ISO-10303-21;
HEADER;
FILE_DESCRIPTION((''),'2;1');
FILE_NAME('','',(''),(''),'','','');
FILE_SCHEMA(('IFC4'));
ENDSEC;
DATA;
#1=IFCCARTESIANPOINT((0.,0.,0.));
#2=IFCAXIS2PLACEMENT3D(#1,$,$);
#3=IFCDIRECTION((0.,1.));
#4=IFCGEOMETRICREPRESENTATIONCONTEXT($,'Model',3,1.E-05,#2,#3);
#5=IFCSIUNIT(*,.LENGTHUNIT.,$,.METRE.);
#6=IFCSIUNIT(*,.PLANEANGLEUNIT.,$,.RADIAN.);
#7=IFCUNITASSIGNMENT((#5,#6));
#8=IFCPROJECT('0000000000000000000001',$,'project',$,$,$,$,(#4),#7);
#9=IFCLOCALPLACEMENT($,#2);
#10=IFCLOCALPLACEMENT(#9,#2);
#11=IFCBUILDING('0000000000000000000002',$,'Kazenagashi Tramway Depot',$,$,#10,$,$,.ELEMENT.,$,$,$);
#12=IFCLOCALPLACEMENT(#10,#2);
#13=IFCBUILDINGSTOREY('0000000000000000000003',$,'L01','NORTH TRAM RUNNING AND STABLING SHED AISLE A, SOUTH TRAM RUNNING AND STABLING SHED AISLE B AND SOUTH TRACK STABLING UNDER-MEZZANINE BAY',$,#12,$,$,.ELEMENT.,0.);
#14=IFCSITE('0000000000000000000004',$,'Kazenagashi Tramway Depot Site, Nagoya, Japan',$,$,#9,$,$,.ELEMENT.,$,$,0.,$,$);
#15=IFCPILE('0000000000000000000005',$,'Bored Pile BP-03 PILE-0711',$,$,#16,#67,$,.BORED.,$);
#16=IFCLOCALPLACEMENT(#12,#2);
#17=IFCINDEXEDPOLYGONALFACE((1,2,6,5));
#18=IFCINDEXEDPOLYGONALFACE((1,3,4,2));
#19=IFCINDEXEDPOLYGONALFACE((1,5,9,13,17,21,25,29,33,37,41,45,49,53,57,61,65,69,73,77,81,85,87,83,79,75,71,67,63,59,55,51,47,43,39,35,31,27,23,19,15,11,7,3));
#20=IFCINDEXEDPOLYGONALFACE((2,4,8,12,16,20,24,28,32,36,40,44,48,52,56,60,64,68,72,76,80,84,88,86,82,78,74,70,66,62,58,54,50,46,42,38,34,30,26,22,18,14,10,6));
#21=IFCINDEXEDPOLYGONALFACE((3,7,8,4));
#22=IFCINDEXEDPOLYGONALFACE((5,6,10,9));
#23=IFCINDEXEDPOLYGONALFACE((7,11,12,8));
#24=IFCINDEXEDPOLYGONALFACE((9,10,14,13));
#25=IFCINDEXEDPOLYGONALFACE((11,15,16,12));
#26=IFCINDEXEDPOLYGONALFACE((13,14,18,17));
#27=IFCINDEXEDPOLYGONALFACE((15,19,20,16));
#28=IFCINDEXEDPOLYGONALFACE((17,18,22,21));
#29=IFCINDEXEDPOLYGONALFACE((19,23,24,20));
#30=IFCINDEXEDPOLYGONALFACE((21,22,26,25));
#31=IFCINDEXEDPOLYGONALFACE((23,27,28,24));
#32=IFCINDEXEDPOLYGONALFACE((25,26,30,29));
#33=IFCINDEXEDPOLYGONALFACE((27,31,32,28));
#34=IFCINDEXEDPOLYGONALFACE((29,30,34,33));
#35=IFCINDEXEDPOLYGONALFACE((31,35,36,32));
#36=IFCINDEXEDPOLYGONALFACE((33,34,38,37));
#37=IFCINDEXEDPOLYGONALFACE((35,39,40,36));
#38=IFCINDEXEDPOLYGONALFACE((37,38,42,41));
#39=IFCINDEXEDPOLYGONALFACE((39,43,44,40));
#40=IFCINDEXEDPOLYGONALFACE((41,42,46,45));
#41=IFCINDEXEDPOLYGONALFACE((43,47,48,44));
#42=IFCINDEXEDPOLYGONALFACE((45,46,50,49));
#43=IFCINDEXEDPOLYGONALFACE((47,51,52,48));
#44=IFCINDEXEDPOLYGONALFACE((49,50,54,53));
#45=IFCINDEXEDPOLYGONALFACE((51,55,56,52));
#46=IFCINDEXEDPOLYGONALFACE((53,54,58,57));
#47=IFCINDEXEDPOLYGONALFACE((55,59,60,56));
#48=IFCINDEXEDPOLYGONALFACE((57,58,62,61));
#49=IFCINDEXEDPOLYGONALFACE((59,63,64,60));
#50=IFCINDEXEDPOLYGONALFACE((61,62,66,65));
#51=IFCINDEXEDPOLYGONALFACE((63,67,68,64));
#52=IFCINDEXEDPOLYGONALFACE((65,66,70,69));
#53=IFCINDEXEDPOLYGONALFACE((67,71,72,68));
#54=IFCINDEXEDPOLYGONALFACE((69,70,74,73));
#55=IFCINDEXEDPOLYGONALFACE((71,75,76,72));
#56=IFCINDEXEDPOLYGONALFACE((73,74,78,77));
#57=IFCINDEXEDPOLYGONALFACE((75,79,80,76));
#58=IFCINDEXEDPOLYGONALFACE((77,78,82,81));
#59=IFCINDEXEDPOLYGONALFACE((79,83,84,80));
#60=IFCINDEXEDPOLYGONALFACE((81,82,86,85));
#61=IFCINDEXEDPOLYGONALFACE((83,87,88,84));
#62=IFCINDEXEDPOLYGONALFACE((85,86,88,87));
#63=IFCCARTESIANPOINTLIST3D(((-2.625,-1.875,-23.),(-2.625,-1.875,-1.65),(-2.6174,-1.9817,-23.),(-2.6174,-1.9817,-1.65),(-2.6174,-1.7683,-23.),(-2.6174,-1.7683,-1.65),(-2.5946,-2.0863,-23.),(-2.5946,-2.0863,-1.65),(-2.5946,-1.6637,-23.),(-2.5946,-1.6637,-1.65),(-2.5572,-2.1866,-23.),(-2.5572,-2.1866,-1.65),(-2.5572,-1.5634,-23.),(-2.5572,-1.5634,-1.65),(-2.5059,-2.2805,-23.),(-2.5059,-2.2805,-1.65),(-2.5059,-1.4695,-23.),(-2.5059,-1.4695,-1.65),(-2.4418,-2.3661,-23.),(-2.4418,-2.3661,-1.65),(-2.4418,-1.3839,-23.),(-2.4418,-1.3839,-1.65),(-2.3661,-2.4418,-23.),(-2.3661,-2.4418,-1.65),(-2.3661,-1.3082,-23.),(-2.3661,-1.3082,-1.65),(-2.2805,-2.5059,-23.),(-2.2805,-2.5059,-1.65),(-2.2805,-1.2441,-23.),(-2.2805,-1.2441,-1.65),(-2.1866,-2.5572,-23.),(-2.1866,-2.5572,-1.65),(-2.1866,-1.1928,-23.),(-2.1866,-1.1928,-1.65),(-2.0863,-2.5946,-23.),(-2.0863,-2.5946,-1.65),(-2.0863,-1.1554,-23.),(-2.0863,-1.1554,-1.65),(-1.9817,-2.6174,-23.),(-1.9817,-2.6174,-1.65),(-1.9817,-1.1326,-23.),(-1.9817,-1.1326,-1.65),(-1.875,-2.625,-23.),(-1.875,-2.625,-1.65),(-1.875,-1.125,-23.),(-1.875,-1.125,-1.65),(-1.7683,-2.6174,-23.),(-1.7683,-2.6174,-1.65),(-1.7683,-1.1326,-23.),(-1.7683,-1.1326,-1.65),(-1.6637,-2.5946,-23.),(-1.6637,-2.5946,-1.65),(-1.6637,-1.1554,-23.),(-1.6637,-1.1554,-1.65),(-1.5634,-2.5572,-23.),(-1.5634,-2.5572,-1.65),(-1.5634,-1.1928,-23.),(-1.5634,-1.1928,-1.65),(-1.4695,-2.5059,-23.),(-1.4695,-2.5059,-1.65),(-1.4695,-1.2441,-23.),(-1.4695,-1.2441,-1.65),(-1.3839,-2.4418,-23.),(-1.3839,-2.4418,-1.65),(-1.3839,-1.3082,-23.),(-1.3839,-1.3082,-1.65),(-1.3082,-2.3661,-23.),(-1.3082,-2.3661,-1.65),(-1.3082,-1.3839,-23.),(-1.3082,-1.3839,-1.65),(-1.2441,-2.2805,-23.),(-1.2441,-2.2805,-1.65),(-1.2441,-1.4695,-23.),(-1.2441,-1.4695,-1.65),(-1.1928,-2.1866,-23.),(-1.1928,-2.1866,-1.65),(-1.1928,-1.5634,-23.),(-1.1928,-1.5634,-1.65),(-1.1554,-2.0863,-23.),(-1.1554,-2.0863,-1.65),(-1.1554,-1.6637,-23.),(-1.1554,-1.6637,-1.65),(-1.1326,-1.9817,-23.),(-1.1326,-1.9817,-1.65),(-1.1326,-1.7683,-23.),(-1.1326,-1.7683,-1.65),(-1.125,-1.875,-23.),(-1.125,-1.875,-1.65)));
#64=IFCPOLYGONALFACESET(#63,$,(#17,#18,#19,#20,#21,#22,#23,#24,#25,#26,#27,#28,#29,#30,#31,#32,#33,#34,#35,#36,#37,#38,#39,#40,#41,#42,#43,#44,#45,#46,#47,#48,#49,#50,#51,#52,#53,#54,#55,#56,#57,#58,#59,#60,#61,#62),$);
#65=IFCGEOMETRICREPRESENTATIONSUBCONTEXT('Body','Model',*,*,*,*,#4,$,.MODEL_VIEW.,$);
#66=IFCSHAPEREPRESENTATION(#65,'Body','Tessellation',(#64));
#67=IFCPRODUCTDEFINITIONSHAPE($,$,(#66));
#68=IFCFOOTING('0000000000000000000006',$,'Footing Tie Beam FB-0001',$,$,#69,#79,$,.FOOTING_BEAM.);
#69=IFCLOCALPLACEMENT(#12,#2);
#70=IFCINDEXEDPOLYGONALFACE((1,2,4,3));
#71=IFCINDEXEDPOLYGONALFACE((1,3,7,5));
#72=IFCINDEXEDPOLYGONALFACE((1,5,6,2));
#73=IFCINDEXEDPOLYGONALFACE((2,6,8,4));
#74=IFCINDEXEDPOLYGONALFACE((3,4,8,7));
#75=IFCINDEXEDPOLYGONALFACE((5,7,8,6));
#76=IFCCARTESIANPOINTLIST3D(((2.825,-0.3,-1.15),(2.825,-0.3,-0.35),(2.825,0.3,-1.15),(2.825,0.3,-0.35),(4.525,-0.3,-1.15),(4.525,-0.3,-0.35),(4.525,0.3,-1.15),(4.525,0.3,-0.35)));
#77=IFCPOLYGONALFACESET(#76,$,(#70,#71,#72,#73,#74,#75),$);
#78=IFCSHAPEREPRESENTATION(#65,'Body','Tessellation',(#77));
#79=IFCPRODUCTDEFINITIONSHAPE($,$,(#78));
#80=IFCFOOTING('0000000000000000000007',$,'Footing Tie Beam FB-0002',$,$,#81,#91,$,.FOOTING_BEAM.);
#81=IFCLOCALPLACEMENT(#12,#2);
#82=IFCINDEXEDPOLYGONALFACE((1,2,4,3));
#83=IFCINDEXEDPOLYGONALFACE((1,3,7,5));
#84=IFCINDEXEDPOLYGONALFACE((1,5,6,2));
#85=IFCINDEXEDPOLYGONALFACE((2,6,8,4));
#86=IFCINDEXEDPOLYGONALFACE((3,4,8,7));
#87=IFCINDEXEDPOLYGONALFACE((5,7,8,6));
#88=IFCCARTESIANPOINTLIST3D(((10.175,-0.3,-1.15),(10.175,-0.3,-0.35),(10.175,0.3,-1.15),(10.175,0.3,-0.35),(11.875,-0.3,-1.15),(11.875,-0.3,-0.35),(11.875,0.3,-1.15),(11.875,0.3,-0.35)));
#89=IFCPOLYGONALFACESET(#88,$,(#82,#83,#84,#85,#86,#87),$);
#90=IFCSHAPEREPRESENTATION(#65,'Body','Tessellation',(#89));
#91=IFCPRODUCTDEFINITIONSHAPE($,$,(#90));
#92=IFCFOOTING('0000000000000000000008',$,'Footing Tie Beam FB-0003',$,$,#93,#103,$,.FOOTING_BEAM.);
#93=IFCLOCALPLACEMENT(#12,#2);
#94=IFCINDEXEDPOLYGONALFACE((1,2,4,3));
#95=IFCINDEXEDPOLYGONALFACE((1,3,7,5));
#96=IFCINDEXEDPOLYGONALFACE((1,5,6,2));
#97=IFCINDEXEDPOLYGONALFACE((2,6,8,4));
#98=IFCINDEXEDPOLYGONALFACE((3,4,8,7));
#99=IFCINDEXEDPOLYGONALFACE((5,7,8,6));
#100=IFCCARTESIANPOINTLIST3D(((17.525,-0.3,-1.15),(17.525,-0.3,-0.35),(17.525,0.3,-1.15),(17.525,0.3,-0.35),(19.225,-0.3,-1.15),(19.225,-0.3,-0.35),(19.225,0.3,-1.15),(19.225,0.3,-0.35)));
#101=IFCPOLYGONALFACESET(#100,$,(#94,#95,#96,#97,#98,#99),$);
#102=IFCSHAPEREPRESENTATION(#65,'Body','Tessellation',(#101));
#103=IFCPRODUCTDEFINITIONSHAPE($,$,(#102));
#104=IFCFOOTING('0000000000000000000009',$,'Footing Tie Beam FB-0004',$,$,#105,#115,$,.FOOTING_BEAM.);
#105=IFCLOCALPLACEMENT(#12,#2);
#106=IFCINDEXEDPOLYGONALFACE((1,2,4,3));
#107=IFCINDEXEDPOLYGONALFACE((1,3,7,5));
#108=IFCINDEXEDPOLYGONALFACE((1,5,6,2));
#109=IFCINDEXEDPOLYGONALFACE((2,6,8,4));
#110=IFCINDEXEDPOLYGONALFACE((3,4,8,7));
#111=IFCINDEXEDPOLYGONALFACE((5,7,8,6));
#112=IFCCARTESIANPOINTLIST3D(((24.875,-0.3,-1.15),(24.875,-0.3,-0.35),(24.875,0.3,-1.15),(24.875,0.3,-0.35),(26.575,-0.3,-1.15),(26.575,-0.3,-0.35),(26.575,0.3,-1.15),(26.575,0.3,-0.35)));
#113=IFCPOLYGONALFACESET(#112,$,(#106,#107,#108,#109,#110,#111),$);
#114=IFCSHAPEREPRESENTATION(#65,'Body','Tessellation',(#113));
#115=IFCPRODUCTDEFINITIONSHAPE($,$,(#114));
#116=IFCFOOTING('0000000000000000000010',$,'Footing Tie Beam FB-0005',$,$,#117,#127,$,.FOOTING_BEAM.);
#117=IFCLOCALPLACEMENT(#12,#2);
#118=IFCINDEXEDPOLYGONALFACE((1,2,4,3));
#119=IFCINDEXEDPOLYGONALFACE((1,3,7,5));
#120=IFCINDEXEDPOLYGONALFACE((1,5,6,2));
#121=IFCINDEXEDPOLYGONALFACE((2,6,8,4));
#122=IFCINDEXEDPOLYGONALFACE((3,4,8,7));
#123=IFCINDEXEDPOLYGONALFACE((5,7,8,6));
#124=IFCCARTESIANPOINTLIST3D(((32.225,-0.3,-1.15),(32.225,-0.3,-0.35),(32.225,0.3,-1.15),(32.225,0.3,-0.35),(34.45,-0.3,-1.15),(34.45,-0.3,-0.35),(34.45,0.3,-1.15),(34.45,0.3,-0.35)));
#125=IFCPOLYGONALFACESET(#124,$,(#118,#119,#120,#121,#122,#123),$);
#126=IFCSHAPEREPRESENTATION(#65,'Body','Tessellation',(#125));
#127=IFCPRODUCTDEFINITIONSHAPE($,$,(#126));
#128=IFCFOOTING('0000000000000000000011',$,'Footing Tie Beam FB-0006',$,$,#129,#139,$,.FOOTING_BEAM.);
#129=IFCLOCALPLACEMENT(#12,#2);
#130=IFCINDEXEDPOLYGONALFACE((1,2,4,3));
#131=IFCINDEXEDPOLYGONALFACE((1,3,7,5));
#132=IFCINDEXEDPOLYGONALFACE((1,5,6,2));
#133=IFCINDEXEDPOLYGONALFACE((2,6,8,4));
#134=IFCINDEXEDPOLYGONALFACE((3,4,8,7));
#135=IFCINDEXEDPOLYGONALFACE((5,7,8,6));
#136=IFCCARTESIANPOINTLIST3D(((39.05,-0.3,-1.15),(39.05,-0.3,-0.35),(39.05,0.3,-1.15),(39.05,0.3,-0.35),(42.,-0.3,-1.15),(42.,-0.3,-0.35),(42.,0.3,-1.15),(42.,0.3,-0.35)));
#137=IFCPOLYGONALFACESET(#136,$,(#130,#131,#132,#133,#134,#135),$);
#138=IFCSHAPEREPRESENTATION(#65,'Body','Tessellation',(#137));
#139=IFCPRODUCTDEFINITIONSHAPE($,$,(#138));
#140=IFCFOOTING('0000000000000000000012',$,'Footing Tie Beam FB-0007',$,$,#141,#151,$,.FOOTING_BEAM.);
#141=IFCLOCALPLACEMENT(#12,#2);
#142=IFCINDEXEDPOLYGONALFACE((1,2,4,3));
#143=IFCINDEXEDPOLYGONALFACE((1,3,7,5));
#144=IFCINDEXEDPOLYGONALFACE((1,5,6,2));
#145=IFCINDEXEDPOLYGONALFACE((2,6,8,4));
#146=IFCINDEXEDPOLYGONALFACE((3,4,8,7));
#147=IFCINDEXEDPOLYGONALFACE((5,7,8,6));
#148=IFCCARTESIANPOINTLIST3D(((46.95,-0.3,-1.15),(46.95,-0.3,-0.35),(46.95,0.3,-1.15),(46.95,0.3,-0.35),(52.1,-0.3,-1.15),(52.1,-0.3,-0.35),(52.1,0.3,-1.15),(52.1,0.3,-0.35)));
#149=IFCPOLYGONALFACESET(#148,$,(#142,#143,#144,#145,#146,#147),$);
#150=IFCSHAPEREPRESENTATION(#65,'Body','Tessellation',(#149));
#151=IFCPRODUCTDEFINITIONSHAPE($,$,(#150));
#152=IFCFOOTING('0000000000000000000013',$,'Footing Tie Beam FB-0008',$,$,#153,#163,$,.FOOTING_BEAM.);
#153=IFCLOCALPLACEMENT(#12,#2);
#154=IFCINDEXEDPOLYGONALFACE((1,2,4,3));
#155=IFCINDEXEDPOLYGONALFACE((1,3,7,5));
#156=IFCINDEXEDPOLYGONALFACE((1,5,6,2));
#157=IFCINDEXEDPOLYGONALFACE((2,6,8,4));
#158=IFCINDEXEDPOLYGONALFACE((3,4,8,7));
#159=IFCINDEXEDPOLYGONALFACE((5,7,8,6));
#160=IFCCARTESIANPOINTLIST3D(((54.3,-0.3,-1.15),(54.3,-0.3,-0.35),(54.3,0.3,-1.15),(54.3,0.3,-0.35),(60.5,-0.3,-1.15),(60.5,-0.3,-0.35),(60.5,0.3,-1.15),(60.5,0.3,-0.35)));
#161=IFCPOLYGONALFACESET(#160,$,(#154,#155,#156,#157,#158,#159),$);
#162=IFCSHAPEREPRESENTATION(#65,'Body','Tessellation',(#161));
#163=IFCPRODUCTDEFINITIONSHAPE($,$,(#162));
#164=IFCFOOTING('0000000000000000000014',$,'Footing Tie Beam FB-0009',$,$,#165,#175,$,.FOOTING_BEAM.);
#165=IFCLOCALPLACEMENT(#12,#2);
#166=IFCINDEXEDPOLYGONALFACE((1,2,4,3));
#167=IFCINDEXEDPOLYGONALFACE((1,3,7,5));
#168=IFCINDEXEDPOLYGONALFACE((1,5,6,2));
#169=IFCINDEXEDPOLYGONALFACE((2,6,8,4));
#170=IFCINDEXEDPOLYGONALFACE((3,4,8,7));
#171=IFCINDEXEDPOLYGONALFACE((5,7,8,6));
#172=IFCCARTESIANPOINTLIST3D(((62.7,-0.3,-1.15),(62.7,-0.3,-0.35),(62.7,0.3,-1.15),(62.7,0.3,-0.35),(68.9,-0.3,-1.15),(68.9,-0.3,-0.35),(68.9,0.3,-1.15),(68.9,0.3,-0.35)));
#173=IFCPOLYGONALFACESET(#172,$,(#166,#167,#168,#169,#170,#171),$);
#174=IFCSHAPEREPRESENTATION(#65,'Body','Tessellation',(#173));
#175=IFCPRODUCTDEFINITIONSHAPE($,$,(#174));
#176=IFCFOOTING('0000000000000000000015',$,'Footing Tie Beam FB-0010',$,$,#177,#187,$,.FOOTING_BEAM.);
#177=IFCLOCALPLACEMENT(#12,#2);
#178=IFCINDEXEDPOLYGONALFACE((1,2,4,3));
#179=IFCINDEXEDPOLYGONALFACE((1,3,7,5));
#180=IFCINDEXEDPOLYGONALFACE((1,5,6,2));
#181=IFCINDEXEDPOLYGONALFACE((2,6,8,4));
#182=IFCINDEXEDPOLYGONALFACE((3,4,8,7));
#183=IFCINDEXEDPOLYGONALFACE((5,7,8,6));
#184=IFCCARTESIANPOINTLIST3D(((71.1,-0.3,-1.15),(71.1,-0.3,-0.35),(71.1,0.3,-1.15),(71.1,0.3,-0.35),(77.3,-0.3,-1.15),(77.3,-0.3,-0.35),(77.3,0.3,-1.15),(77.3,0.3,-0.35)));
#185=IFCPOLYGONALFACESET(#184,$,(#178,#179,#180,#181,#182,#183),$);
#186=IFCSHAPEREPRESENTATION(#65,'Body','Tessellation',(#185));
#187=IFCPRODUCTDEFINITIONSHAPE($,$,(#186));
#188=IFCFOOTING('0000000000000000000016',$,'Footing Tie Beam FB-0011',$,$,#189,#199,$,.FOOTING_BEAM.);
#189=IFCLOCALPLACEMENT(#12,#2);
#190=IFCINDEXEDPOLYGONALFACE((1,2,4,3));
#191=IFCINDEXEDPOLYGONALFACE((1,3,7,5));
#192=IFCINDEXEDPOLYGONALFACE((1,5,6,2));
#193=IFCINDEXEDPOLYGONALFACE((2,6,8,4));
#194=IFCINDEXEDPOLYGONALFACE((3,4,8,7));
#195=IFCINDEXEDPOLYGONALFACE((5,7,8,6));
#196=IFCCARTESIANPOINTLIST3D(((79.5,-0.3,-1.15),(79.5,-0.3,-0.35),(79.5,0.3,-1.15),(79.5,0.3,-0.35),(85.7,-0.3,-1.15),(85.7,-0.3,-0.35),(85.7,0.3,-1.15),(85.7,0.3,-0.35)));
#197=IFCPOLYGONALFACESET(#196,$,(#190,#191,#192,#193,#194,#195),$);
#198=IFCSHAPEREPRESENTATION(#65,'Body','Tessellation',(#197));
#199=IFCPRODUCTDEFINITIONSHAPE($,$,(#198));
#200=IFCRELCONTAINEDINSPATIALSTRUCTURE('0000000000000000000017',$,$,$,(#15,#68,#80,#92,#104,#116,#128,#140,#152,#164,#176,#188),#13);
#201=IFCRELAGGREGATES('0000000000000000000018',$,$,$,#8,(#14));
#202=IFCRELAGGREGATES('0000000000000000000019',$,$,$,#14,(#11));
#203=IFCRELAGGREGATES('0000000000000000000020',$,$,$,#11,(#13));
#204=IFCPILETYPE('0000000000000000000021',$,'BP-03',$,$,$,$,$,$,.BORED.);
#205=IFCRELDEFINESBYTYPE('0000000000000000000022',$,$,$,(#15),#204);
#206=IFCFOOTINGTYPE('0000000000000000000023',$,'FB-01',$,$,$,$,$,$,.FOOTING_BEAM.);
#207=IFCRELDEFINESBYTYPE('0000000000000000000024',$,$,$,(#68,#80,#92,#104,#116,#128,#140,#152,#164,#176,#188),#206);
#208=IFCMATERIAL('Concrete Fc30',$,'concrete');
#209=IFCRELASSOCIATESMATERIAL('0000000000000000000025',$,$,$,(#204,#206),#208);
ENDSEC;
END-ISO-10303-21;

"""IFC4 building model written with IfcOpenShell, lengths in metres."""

from ifc_helpers import new_model, si_unit, direction, frame, origin, origin_2d, place, context, subcontext, project, spatial, polyline, circle, outline, extrude, material, material_profile, profile_set, type_object, element, save


model = new_model("IFC4")

# Units and contexts
model_context = context("Model", 3, precision=1e-05, world=origin(), true_north=direction((0.0, 1.0)))
body_context = subcontext(model_context, "Body", "Model", "MODEL_VIEW")
ifc_project = project(units=[si_unit("LENGTHUNIT", "METRE"), si_unit("PLANEANGLEUNIT", "RADIAN")], contexts=[model_context])

# Site, building, storey
site_placement = place(None, origin())
site = spatial("IfcSite", under=ifc_project, at=site_placement, Name="Kazenagashi Tramway Depot Site, Nagoya, Japan", CompositionType="ELEMENT", RefElevation=0.0)
building_placement = place(site_placement, origin())
building = spatial("IfcBuilding", under=site, at=building_placement, Name="Kazenagashi Tramway Depot", CompositionType="ELEMENT")
storey_placement = place(building_placement, origin())
storey = spatial("IfcBuildingStorey", under=building, at=storey_placement, Name="L01", Description="NORTH TRAM RUNNING AND STABLING SHED AISLE A, SOUTH TRAM RUNNING AND STABLING SHED AISLE B AND SOUTH TRACK STABLING UNDER-MEZZANINE BAY", CompositionType="ELEMENT", Elevation=0.0)

# Pile
ifc_material_1 = material(Name="Concrete Fc30", Category="concrete")
ifc_material_profile_1 = material_profile(ifc_material_1, circle(Radius=0.75, at=origin_2d()), Name="PILE-1500")
ifc_profile_set_1 = profile_set([ifc_material_profile_1], Name="Concrete Fc30")
pile_type = type_object("IfcPileType", Name="BP-03", PredefinedType="BORED", material=ifc_profile_set_1)
pile_placement = place(storey_placement, frame((-1.875, -1.875, -1.65), z_axis=(0.0, 0.0, -1.0), x_axis=(1.0, 0.0, 0.0)))
element("IfcPile", 1, at=pile_placement, inside=storey, type_object=pile_type, Name="Bored Pile BP-03 PILE-0711", PredefinedType="BORED", context=body_context, shape_type="SweptSolid", body=[
    extrude(circle(Radius=0.75, at=origin_2d()), origin(), (0.0, 0.0, 1.0), 21.35),
])

# Footings
footing_type_1 = type_object("IfcFootingType", Name="FB-01", PredefinedType="FOOTING_BEAM", material=ifc_material_1)
footing_1_placement = place(storey_placement, frame((0.0, 0.0, -1.15)))
element("IfcFooting", 2, at=footing_1_placement, inside=storey, type_object=footing_type_1, Name="Footing Tie Beam FB-0001", PredefinedType="FOOTING_BEAM", context=body_context, shape_type="SweptSolid", body=[
    extrude(outline(polyline([(2.825, -0.3), (4.525, -0.3), (4.525, 0.3), (2.825, 0.3), (2.825, -0.3)])), origin(), (0.0, 0.0, 1.0), 0.8),
])
footing_2_placement = place(storey_placement, frame((0.0, 0.0, -1.15)))
element("IfcFooting", 3, at=footing_2_placement, inside=storey, type_object=footing_type_1, Name="Footing Tie Beam FB-0002", PredefinedType="FOOTING_BEAM", context=body_context, shape_type="SweptSolid", body=[
    extrude(outline(polyline([(10.175, -0.3), (11.875, -0.3), (11.875, 0.3), (10.175, 0.3), (10.175, -0.3)])), origin(), (0.0, 0.0, 1.0), 0.8),
])
footing_3_placement = place(storey_placement, frame((0.0, 0.0, -1.15)))
element("IfcFooting", 4, at=footing_3_placement, inside=storey, type_object=footing_type_1, Name="Footing Tie Beam FB-0003", PredefinedType="FOOTING_BEAM", context=body_context, shape_type="SweptSolid", body=[
    extrude(outline(polyline([(17.525, -0.3), (19.225, -0.3), (19.225, 0.3), (17.525, 0.3), (17.525, -0.3)])), origin(), (0.0, 0.0, 1.0), 0.8),
])
footing_4_placement = place(storey_placement, frame((0.0, 0.0, -1.15)))
element("IfcFooting", 5, at=footing_4_placement, inside=storey, type_object=footing_type_1, Name="Footing Tie Beam FB-0004", PredefinedType="FOOTING_BEAM", context=body_context, shape_type="SweptSolid", body=[
    extrude(outline(polyline([(24.875, -0.3), (26.575, -0.3), (26.575, 0.3), (24.875, 0.3), (24.875, -0.3)])), origin(), (0.0, 0.0, 1.0), 0.8),
])
footing_5_placement = place(storey_placement, frame((0.0, 0.0, -1.15)))
element("IfcFooting", 6, at=footing_5_placement, inside=storey, type_object=footing_type_1, Name="Footing Tie Beam FB-0005", PredefinedType="FOOTING_BEAM", context=body_context, shape_type="SweptSolid", body=[
    extrude(outline(polyline([(32.225, -0.3), (34.45, -0.3), (34.45, 0.3), (32.225, 0.3), (32.225, -0.3)])), origin(), (0.0, 0.0, 1.0), 0.8),
])
footing_6_placement = place(storey_placement, frame((0.0, 0.0, -1.15)))
element("IfcFooting", 7, at=footing_6_placement, inside=storey, type_object=footing_type_1, Name="Footing Tie Beam FB-0006", PredefinedType="FOOTING_BEAM", context=body_context, shape_type="SweptSolid", body=[
    extrude(outline(polyline([(39.05, -0.3), (42.0, -0.3), (42.0, 0.3), (39.05, 0.3), (39.05, -0.3)])), origin(), (0.0, 0.0, 1.0), 0.8),
])
footing_7_placement = place(storey_placement, frame((0.0, 0.0, -1.15)))
element("IfcFooting", 8, at=footing_7_placement, inside=storey, type_object=footing_type_1, Name="Footing Tie Beam FB-0007", PredefinedType="FOOTING_BEAM", context=body_context, shape_type="SweptSolid", body=[
    extrude(outline(polyline([(46.95, -0.3), (52.1, -0.3), (52.1, 0.3), (46.95, 0.3), (46.95, -0.3)])), origin(), (0.0, 0.0, 1.0), 0.8),
])
footing_8_placement = place(storey_placement, frame((0.0, 0.0, -1.15)))
element("IfcFooting", 9, at=footing_8_placement, inside=storey, type_object=footing_type_1, Name="Footing Tie Beam FB-0008", PredefinedType="FOOTING_BEAM", context=body_context, shape_type="SweptSolid", body=[
    extrude(outline(polyline([(54.3, -0.3), (60.5, -0.3), (60.5, 0.3), (54.3, 0.3), (54.3, -0.3)])), origin(), (0.0, 0.0, 1.0), 0.8),
])
footing_9_placement = place(storey_placement, frame((0.0, 0.0, -1.15)))
element("IfcFooting", 10, at=footing_9_placement, inside=storey, type_object=footing_type_1, Name="Footing Tie Beam FB-0009", PredefinedType="FOOTING_BEAM", context=body_context, shape_type="SweptSolid", body=[
    extrude(outline(polyline([(62.7, -0.3), (68.9, -0.3), (68.9, 0.3), (62.7, 0.3), (62.7, -0.3)])), origin(), (0.0, 0.0, 1.0), 0.8),
])
footing_10_placement = place(storey_placement, frame((0.0, 0.0, -1.15)))
element("IfcFooting", 11, at=footing_10_placement, inside=storey, type_object=footing_type_1, Name="Footing Tie Beam FB-0010", PredefinedType="FOOTING_BEAM", context=body_context, shape_type="SweptSolid", body=[
    extrude(outline(polyline([(71.1, -0.3), (77.3, -0.3), (77.3, 0.3), (71.1, 0.3), (71.1, -0.3)])), origin(), (0.0, 0.0, 1.0), 0.8),
])
footing_11_placement = place(storey_placement, frame((0.0, 0.0, -1.15)))
element("IfcFooting", 12, at=footing_11_placement, inside=storey, type_object=footing_type_1, Name="Footing Tie Beam FB-0011", PredefinedType="FOOTING_BEAM", context=body_context, shape_type="SweptSolid", body=[
    extrude(outline(polyline([(79.5, -0.3), (85.7, -0.3), (85.7, 0.3), (79.5, 0.3), (79.5, -0.3)])), origin(), (0.0, 0.0, 1.0), 0.8),
])

save(model, "model.ifc")
